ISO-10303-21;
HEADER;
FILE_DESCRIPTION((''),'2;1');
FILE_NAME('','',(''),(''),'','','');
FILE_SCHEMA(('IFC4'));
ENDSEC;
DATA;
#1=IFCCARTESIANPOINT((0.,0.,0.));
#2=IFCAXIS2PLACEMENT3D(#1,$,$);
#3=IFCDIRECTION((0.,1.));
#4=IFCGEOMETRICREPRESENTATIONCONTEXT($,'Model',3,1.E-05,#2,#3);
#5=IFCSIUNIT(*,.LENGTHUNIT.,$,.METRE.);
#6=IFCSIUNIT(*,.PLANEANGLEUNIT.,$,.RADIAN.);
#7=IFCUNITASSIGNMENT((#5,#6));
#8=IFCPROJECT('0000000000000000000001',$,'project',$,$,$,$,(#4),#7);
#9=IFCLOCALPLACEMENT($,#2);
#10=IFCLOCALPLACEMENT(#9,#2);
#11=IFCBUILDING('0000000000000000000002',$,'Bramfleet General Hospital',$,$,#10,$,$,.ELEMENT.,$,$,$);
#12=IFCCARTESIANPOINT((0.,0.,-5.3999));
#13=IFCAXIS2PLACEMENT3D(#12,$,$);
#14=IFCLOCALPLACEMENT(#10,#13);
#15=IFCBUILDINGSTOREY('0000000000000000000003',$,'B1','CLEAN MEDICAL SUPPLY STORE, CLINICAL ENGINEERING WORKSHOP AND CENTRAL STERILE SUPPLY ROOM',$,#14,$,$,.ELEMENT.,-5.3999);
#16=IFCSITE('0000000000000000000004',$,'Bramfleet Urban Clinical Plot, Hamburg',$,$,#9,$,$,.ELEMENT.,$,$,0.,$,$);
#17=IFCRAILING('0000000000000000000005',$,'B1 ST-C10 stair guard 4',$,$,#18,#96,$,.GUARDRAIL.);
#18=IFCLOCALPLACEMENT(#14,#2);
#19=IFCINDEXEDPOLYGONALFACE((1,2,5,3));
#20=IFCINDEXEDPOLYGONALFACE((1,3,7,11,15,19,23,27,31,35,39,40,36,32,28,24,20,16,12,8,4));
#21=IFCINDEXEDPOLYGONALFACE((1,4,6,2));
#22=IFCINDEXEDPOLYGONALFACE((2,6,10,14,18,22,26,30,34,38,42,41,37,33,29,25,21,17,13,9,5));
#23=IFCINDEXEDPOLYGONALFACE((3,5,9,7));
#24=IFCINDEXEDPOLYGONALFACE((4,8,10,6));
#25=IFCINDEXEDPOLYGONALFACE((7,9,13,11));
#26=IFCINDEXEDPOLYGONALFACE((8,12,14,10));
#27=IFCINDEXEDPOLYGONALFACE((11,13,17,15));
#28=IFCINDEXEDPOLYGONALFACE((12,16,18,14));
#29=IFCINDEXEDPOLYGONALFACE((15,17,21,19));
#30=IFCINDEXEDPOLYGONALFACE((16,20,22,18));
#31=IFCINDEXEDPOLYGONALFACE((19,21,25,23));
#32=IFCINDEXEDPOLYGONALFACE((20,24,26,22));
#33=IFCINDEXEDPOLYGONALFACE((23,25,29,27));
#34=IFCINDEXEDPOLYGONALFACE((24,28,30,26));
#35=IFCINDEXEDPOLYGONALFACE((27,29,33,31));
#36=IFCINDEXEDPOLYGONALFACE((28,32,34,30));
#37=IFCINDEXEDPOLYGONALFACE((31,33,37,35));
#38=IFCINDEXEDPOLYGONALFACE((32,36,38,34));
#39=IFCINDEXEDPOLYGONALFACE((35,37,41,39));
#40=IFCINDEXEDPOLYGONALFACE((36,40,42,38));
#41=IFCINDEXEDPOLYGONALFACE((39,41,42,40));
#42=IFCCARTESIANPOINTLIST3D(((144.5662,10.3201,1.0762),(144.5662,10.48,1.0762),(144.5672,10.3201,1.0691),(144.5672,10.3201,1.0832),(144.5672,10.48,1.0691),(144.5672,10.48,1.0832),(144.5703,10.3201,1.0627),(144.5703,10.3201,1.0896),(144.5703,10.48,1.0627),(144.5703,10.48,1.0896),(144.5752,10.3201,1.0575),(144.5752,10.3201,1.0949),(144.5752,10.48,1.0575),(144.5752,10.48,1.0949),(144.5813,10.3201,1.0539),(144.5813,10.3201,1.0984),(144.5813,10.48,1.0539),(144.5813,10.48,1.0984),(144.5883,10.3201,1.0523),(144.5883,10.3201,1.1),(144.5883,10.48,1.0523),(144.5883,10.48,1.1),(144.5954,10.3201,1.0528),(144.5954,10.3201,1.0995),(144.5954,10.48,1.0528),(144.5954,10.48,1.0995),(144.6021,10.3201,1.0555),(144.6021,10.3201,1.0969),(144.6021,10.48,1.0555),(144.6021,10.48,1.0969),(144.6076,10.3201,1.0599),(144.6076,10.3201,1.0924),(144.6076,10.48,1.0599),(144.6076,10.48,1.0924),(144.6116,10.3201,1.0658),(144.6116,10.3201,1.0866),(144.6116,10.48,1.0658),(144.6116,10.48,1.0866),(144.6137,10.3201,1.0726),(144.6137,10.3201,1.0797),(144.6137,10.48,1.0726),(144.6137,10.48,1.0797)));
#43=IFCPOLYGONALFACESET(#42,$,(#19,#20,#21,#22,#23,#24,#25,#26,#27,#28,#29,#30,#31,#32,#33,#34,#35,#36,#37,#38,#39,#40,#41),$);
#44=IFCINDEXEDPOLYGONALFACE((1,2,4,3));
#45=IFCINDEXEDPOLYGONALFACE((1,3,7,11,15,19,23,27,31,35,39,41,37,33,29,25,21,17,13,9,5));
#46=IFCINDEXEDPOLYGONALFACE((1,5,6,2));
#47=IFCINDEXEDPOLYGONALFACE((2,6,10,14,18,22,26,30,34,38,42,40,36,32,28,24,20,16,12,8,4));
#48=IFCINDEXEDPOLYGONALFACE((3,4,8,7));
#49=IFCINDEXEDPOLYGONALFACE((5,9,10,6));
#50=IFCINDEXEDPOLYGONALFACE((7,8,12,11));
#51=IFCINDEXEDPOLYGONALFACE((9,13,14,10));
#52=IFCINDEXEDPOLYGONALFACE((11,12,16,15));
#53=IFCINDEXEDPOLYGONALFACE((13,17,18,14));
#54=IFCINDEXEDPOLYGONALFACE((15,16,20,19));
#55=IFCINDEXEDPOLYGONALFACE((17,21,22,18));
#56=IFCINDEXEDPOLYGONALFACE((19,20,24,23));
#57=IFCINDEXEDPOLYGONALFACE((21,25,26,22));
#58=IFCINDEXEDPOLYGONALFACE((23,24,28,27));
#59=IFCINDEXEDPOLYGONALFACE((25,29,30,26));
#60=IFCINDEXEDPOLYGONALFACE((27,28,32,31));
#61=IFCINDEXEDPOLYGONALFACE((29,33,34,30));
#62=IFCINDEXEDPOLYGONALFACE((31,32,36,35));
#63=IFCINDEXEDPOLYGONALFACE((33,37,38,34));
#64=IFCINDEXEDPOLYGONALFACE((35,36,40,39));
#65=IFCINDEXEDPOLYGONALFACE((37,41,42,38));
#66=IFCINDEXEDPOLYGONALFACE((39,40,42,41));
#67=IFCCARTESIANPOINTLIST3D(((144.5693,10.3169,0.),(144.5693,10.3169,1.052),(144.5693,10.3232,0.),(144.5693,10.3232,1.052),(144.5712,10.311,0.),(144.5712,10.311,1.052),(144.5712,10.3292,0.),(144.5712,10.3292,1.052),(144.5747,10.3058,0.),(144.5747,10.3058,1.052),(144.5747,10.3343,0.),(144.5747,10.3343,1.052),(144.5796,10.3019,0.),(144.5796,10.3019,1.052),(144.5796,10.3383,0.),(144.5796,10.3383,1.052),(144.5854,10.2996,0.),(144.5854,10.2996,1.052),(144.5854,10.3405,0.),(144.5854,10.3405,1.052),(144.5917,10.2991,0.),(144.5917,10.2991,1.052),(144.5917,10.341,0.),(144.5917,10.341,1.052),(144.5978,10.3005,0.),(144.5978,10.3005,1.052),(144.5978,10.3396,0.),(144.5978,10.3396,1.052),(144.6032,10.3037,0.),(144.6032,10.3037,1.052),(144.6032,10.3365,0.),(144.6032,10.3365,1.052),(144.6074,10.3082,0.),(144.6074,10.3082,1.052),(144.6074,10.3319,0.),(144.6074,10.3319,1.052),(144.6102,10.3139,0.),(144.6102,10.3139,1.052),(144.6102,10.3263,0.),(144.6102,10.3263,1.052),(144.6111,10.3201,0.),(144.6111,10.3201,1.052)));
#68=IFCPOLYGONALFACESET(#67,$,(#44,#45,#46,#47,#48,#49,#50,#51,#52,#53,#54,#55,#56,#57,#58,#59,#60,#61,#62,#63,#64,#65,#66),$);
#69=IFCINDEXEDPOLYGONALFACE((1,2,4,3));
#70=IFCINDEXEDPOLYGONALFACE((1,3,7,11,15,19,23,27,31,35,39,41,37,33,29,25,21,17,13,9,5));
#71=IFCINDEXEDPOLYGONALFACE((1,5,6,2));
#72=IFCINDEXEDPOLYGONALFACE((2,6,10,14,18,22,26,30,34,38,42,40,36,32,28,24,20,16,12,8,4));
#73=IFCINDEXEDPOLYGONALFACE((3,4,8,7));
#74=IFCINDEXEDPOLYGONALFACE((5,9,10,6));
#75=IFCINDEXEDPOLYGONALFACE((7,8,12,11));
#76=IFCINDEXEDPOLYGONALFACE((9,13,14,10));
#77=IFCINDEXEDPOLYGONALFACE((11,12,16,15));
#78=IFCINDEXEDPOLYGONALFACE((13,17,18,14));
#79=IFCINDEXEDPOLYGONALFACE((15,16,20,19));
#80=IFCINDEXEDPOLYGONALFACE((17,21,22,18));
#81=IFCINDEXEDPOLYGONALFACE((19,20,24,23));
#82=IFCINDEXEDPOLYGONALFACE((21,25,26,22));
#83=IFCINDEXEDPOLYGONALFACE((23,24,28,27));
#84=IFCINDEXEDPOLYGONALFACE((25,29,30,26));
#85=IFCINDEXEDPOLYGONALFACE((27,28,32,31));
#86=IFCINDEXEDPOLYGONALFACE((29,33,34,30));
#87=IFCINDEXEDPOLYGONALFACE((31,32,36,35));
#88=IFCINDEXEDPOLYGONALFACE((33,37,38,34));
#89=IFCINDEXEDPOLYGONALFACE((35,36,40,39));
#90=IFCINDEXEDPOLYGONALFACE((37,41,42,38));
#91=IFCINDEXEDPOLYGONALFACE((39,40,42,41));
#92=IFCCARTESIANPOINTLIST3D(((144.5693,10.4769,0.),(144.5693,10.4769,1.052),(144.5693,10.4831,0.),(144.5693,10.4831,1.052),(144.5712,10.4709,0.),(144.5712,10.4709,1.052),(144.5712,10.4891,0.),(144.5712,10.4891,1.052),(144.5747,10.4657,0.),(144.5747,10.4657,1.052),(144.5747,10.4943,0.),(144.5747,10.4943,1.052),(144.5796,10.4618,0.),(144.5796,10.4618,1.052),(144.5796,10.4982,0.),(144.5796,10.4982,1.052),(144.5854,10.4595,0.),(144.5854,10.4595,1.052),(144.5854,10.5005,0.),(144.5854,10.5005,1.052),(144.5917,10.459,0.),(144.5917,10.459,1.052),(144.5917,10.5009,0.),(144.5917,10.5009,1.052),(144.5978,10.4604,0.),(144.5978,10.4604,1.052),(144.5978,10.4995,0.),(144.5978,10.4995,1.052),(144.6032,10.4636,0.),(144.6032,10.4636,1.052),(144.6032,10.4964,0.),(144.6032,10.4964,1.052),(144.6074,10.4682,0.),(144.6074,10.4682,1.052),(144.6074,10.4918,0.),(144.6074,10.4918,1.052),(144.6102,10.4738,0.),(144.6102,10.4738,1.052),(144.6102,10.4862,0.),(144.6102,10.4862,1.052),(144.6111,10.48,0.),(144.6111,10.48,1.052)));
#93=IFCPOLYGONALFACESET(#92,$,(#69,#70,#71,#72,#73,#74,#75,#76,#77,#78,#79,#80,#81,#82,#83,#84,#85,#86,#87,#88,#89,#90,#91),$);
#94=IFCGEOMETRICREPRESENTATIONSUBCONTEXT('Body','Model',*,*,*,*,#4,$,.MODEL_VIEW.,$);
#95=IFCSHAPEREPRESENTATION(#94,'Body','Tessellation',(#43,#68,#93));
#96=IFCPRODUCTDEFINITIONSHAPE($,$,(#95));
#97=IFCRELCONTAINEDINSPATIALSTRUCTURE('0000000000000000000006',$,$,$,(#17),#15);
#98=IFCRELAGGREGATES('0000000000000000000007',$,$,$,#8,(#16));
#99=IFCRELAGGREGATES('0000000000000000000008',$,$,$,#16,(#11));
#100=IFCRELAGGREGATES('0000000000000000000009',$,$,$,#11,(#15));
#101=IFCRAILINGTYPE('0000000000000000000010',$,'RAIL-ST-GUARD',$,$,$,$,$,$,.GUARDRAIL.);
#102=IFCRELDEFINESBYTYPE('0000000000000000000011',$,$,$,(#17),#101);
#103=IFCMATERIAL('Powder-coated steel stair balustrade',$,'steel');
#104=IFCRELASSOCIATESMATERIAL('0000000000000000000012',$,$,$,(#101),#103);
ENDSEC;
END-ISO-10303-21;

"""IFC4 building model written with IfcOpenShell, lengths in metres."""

from ifc_helpers import new_model, si_unit, direction, frame, origin, origin_2d, place, context, subcontext, project, spatial, circle, extrude, material, type_object, element, save


model = new_model("IFC4")

# Units and contexts
model_context = context("Model", 3, precision=1e-05, world=origin(), true_north=direction((0.0, 1.0)))
body_context = subcontext(model_context, "Body", "Model", "MODEL_VIEW")
ifc_project = project(units=[si_unit("LENGTHUNIT", "METRE"), si_unit("PLANEANGLEUNIT", "RADIAN")], contexts=[model_context])

# Site, building, storey
site_placement = place(None, origin())
site = spatial("IfcSite", under=ifc_project, at=site_placement, Name="Bramfleet Urban Clinical Plot, Hamburg", CompositionType="ELEMENT", RefElevation=0.0)
building_placement = place(site_placement, origin())
building = spatial("IfcBuilding", under=site, at=building_placement, Name="Bramfleet General Hospital", CompositionType="ELEMENT")
storey_placement = place(building_placement, frame((0.0, 0.0, -5.3999)))
storey = spatial("IfcBuildingStorey", under=building, at=storey_placement, Name="B1", Description="CLEAN MEDICAL SUPPLY STORE, CLINICAL ENGINEERING WORKSHOP AND CENTRAL STERILE SUPPLY ROOM", CompositionType="ELEMENT", Elevation=-5.3999)

# Railing
ifc_material_1 = material(Name="Powder-coated steel stair balustrade", Category="steel")
railing_type_1 = type_object("IfcRailingType", Name="RAIL-ST-GUARD", PredefinedType="GUARDRAIL", material=ifc_material_1)
railing_1_placement = place(storey_placement, frame((144.5901, 10.3201, 0.0)))
element("IfcRailing", 1, at=railing_1_placement, inside=storey, type_object=railing_type_1, Name="B1 ST-C10 stair guard 4", PredefinedType="GUARDRAIL", context=body_context, shape_type="SweptSolid", body=[
    extrude(circle(Radius=0.0239, at=origin_2d()), frame((0.0, 0.0, 1.0762), z_axis=(0.0, 1.0, 0.0), x_axis=(-1.0, 0.0, 0.0)), (0.0, 0.0, 1.0), 0.1599),
    extrude(circle(Radius=0.021, at=origin_2d()), origin(), (0.0, 0.0, 1.0), 1.052),
    extrude(circle(Radius=0.021, at=origin_2d()), frame((0.0, 0.1599, 0.0)), (0.0, 0.0, 1.0), 1.052),
])

save(model, "model.ifc")
